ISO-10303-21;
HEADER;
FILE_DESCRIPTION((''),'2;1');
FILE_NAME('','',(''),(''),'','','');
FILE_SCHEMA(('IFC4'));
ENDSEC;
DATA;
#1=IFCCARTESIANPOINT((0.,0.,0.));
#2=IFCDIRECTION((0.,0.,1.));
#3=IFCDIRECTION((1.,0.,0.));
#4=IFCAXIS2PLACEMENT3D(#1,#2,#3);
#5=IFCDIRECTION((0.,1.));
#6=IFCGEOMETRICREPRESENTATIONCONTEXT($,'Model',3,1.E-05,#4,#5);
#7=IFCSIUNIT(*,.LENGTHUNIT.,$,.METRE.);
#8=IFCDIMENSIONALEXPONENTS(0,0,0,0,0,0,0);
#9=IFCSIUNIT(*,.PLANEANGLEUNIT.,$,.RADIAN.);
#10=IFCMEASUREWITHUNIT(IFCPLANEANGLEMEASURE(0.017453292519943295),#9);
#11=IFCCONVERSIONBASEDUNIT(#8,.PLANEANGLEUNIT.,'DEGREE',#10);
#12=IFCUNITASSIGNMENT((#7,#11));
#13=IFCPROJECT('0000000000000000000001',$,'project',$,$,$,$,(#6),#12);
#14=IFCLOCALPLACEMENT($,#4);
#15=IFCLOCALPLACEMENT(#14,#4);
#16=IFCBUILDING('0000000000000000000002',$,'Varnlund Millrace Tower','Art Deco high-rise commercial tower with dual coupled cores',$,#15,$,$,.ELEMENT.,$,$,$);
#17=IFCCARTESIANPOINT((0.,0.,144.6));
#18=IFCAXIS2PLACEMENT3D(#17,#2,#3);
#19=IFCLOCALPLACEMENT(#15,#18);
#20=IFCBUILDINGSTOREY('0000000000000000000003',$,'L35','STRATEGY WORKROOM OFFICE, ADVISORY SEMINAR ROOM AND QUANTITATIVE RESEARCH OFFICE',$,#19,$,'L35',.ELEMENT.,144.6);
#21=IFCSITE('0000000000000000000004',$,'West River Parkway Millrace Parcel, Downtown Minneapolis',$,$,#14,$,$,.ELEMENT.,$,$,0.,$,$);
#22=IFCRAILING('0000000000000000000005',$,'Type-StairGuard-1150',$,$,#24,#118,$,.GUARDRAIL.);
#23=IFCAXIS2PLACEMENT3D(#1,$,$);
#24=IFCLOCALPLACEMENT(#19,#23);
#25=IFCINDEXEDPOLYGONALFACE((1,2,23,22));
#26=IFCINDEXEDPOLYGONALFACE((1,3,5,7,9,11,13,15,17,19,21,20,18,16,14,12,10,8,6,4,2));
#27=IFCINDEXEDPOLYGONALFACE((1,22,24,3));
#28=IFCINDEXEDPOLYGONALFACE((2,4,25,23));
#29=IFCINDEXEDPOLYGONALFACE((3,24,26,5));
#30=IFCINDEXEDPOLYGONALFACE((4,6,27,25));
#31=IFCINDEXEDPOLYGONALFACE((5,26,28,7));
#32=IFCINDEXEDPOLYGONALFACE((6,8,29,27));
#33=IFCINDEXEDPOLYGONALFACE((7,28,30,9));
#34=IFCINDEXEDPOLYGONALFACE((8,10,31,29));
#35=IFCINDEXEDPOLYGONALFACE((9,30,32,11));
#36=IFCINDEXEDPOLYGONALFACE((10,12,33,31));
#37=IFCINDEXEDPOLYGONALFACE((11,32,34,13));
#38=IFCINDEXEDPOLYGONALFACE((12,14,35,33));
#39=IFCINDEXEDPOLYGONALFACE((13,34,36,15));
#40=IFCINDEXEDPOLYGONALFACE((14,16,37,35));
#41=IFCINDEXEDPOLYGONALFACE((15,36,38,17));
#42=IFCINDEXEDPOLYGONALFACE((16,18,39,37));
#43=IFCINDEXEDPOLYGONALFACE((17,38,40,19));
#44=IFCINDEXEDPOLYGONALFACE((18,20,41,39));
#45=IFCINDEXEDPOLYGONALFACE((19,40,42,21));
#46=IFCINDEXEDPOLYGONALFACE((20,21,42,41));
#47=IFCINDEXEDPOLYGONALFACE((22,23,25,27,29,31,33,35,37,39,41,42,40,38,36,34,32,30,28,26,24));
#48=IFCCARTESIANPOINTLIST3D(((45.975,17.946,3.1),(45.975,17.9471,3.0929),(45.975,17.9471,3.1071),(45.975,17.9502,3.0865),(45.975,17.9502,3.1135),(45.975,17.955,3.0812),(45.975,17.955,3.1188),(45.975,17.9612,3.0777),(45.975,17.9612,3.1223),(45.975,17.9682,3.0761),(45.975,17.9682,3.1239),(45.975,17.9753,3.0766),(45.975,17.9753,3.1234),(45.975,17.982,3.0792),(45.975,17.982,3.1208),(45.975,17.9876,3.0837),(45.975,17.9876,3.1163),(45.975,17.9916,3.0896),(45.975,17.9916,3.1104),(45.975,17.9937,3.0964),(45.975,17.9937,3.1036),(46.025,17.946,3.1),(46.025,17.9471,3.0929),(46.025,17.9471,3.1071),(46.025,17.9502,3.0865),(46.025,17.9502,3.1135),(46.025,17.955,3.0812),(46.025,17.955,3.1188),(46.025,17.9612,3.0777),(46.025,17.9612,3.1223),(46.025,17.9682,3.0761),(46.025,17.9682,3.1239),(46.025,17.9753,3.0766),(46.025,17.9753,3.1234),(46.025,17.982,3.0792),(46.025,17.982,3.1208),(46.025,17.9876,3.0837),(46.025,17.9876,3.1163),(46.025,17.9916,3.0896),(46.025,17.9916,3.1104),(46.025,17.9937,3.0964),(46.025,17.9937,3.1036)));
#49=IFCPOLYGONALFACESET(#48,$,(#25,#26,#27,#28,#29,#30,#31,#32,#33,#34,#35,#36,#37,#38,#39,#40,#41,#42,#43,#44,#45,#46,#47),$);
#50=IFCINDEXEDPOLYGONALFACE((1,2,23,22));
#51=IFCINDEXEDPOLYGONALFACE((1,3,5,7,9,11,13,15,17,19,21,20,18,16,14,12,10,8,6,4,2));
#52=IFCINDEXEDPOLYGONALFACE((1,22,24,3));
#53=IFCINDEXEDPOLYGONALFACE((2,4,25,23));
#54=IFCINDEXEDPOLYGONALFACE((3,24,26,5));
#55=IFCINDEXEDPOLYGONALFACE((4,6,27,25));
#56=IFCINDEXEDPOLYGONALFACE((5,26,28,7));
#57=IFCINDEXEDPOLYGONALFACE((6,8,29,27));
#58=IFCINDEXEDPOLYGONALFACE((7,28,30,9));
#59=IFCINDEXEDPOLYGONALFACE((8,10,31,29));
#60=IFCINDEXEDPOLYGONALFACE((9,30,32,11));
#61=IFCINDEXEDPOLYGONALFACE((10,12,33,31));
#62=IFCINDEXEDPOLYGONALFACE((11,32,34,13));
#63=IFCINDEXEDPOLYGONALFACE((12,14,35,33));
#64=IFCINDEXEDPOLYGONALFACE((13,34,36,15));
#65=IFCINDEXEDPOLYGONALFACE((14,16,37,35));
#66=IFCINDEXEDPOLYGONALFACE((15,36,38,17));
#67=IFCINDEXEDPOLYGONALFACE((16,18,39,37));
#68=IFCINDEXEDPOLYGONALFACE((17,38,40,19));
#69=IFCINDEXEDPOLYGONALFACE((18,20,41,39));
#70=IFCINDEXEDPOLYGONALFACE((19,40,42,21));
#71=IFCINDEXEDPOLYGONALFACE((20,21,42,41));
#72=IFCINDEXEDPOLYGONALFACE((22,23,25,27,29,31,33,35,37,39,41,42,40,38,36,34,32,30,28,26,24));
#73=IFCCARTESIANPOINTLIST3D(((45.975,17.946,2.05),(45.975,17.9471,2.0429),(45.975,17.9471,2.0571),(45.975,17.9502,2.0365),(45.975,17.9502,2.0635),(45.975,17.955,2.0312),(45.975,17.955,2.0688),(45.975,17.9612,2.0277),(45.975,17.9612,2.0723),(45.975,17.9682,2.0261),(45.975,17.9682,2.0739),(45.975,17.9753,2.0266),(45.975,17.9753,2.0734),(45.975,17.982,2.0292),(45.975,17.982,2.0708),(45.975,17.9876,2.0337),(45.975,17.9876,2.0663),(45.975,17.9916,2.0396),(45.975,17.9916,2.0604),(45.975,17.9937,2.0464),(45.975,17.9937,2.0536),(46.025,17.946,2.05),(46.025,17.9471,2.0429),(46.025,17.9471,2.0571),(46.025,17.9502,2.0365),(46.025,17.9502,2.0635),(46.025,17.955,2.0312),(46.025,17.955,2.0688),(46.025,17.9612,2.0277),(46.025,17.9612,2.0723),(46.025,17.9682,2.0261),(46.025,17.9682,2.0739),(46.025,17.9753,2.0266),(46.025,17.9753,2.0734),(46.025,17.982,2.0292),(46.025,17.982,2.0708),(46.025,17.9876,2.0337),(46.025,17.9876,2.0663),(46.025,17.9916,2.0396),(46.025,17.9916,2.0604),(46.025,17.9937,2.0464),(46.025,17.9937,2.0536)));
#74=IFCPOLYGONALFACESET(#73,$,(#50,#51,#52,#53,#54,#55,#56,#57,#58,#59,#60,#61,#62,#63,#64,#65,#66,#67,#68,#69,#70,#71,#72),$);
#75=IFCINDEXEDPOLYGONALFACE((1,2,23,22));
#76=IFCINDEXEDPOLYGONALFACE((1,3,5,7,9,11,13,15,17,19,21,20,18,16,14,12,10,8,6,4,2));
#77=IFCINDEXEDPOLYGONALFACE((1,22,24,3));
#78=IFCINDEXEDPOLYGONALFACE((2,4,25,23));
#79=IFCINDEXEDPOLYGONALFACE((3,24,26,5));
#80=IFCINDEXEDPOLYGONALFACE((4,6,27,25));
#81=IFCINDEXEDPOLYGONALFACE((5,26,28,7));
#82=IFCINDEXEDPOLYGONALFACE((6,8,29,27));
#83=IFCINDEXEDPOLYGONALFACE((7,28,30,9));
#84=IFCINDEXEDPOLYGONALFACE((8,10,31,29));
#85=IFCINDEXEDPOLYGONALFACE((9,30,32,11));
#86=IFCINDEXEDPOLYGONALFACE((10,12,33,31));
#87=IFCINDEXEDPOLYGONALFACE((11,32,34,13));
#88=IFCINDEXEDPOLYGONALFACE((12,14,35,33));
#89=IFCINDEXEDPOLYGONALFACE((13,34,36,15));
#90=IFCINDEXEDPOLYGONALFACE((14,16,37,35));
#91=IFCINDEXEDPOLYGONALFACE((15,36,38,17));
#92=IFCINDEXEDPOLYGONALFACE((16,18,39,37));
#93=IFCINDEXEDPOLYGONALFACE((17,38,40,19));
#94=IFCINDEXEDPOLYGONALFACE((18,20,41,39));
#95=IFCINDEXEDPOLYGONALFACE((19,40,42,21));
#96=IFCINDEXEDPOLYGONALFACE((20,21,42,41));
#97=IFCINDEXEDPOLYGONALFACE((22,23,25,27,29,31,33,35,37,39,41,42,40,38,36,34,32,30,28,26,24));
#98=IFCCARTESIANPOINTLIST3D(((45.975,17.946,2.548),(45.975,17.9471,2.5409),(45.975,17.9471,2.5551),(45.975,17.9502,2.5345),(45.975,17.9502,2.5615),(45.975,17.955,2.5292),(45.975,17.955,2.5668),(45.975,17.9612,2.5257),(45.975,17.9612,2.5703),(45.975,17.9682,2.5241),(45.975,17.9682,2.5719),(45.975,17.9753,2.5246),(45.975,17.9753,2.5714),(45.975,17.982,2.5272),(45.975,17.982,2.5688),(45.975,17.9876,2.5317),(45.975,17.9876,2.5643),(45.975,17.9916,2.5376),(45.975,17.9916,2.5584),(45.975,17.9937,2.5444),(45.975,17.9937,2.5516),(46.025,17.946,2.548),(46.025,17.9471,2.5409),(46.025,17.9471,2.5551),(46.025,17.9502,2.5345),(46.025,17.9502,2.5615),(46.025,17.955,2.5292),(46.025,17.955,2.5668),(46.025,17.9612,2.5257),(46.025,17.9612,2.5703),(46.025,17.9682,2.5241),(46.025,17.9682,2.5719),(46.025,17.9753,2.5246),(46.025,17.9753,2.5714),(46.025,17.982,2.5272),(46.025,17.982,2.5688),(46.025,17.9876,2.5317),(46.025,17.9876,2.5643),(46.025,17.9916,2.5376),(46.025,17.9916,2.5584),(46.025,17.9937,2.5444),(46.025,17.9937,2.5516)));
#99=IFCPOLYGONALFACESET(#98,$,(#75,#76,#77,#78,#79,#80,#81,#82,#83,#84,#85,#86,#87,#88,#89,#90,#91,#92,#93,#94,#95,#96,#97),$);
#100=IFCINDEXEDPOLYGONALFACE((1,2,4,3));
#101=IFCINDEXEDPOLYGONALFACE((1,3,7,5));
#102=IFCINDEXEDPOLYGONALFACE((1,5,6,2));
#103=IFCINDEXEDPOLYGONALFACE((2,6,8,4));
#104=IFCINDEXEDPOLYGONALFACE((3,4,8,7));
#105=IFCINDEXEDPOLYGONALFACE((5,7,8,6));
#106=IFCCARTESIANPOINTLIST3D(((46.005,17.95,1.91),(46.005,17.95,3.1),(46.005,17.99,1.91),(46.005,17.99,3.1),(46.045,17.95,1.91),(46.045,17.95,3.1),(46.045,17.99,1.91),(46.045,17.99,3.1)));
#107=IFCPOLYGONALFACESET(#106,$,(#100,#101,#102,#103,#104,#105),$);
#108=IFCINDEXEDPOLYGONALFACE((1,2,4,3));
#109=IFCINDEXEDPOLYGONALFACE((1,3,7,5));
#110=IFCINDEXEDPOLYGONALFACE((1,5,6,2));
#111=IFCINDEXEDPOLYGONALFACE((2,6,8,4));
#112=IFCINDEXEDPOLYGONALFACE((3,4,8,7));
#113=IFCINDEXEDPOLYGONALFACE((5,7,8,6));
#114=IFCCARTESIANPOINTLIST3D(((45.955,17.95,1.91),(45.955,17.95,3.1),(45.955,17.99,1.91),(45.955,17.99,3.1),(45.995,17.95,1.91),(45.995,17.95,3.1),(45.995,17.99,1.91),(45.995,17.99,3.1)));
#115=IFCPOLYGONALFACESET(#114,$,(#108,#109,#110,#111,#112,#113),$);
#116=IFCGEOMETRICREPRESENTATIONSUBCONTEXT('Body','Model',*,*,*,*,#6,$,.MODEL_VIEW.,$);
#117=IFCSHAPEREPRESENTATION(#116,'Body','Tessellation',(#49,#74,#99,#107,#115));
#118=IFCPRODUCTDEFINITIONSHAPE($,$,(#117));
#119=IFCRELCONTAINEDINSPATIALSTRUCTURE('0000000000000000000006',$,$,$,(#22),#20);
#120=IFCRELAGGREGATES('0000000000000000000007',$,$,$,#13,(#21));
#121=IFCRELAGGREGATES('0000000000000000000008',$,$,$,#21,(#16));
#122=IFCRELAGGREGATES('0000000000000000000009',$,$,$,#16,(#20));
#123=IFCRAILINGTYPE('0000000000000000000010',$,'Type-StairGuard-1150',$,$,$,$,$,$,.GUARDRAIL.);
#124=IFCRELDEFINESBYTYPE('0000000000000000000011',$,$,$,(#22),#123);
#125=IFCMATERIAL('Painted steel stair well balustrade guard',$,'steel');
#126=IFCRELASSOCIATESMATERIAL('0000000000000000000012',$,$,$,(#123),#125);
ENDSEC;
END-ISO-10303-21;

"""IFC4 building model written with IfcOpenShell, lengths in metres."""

from ifc_helpers import new_model, entity, si_unit, converted_unit, direction, frame, origin_with_axes, origin_2d_with_axis, place, context, subcontext, project, spatial, rectangle, circle, extrude, material, type_object, element, save


model = new_model("IFC4")

# Units and contexts
model_context = context("Model", 3, precision=1e-05, world=origin_with_axes(), true_north=direction((0.0, 1.0)))
body_context = subcontext(model_context, "Body", "Model", "MODEL_VIEW")
ifc_project = project(units=[si_unit("LENGTHUNIT", "METRE"), converted_unit("PLANEANGLEUNIT", "DEGREE", entity("IfcPlaneAngleMeasure", 0.017453292519943295), si_unit("PLANEANGLEUNIT", "RADIAN"), dimensions=[0, 0, 0, 0, 0, 0, 0])], contexts=[model_context])

# Site, building, storey
site_placement = place(None, origin_with_axes())
site = spatial("IfcSite", under=ifc_project, at=site_placement, Name="West River Parkway Millrace Parcel, Downtown Minneapolis", CompositionType="ELEMENT", RefElevation=0.0)
building_placement = place(site_placement, origin_with_axes())
building = spatial("IfcBuilding", under=site, at=building_placement, Name="Varnlund Millrace Tower", Description="Art Deco high-rise commercial tower with dual coupled cores", CompositionType="ELEMENT")
storey_placement = place(building_placement, frame((0.0, 0.0, 144.6), z_axis=(0.0, 0.0, 1.0), x_axis=(1.0, 0.0, 0.0)))
storey = spatial("IfcBuildingStorey", under=building, at=storey_placement, Name="L35", Description="STRATEGY WORKROOM OFFICE, ADVISORY SEMINAR ROOM AND QUANTITATIVE RESEARCH OFFICE", LongName="L35", CompositionType="ELEMENT", Elevation=144.6)

# Railing
ifc_material_1 = material(Name="Painted steel stair well balustrade guard", Category="steel")
railing_type_1 = type_object("IfcRailingType", Name="Type-StairGuard-1150", PredefinedType="GUARDRAIL", material=ifc_material_1)
railing_1_placement = place(storey_placement, frame((0.0, 0.0, -144.6), z_axis=(0.0, 0.0, 1.0), x_axis=(1.0, 0.0, 0.0)))
element("IfcRailing", 1, at=railing_1_placement, inside=storey, type_object=railing_type_1, Name="Type-StairGuard-1150", PredefinedType="GUARDRAIL", context=body_context, shape_type="SweptSolid", body=[
    extrude(circle(Radius=0.024, at=origin_2d_with_axis()), frame((46.025, 17.97, 147.7), z_axis=(-1.0, 0.0, 0.0), x_axis=(0.0, -1.0, 0.0)), (0.0, 0.0, 1.0), 0.05),
    extrude(circle(Radius=0.024, at=origin_2d_with_axis()), frame((46.025, 17.97, 146.65), z_axis=(-1.0, 0.0, 0.0), x_axis=(0.0, -1.0, 0.0)), (0.0, 0.0, 1.0), 0.05),
    extrude(circle(Radius=0.024, at=origin_2d_with_axis()), frame((46.025, 17.97, 147.148), z_axis=(-1.0, 0.0, 0.0), x_axis=(0.0, -1.0, 0.0)), (0.0, 0.0, 1.0), 0.05),
    extrude(rectangle(XDim=0.04, YDim=0.04, at=origin_2d_with_axis()), frame((46.025, 17.97, 146.51), z_axis=(0.0, 0.0, 1.0), x_axis=(1.0, 0.0, 0.0)), (0.0, 0.0, 1.0), 1.19),
    extrude(rectangle(XDim=0.04, YDim=0.04, at=origin_2d_with_axis()), frame((45.975, 17.97, 146.51), z_axis=(0.0, 0.0, 1.0), x_axis=(1.0, 0.0, 0.0)), (0.0, 0.0, 1.0), 1.19),
])

save(model, "model.ifc")
